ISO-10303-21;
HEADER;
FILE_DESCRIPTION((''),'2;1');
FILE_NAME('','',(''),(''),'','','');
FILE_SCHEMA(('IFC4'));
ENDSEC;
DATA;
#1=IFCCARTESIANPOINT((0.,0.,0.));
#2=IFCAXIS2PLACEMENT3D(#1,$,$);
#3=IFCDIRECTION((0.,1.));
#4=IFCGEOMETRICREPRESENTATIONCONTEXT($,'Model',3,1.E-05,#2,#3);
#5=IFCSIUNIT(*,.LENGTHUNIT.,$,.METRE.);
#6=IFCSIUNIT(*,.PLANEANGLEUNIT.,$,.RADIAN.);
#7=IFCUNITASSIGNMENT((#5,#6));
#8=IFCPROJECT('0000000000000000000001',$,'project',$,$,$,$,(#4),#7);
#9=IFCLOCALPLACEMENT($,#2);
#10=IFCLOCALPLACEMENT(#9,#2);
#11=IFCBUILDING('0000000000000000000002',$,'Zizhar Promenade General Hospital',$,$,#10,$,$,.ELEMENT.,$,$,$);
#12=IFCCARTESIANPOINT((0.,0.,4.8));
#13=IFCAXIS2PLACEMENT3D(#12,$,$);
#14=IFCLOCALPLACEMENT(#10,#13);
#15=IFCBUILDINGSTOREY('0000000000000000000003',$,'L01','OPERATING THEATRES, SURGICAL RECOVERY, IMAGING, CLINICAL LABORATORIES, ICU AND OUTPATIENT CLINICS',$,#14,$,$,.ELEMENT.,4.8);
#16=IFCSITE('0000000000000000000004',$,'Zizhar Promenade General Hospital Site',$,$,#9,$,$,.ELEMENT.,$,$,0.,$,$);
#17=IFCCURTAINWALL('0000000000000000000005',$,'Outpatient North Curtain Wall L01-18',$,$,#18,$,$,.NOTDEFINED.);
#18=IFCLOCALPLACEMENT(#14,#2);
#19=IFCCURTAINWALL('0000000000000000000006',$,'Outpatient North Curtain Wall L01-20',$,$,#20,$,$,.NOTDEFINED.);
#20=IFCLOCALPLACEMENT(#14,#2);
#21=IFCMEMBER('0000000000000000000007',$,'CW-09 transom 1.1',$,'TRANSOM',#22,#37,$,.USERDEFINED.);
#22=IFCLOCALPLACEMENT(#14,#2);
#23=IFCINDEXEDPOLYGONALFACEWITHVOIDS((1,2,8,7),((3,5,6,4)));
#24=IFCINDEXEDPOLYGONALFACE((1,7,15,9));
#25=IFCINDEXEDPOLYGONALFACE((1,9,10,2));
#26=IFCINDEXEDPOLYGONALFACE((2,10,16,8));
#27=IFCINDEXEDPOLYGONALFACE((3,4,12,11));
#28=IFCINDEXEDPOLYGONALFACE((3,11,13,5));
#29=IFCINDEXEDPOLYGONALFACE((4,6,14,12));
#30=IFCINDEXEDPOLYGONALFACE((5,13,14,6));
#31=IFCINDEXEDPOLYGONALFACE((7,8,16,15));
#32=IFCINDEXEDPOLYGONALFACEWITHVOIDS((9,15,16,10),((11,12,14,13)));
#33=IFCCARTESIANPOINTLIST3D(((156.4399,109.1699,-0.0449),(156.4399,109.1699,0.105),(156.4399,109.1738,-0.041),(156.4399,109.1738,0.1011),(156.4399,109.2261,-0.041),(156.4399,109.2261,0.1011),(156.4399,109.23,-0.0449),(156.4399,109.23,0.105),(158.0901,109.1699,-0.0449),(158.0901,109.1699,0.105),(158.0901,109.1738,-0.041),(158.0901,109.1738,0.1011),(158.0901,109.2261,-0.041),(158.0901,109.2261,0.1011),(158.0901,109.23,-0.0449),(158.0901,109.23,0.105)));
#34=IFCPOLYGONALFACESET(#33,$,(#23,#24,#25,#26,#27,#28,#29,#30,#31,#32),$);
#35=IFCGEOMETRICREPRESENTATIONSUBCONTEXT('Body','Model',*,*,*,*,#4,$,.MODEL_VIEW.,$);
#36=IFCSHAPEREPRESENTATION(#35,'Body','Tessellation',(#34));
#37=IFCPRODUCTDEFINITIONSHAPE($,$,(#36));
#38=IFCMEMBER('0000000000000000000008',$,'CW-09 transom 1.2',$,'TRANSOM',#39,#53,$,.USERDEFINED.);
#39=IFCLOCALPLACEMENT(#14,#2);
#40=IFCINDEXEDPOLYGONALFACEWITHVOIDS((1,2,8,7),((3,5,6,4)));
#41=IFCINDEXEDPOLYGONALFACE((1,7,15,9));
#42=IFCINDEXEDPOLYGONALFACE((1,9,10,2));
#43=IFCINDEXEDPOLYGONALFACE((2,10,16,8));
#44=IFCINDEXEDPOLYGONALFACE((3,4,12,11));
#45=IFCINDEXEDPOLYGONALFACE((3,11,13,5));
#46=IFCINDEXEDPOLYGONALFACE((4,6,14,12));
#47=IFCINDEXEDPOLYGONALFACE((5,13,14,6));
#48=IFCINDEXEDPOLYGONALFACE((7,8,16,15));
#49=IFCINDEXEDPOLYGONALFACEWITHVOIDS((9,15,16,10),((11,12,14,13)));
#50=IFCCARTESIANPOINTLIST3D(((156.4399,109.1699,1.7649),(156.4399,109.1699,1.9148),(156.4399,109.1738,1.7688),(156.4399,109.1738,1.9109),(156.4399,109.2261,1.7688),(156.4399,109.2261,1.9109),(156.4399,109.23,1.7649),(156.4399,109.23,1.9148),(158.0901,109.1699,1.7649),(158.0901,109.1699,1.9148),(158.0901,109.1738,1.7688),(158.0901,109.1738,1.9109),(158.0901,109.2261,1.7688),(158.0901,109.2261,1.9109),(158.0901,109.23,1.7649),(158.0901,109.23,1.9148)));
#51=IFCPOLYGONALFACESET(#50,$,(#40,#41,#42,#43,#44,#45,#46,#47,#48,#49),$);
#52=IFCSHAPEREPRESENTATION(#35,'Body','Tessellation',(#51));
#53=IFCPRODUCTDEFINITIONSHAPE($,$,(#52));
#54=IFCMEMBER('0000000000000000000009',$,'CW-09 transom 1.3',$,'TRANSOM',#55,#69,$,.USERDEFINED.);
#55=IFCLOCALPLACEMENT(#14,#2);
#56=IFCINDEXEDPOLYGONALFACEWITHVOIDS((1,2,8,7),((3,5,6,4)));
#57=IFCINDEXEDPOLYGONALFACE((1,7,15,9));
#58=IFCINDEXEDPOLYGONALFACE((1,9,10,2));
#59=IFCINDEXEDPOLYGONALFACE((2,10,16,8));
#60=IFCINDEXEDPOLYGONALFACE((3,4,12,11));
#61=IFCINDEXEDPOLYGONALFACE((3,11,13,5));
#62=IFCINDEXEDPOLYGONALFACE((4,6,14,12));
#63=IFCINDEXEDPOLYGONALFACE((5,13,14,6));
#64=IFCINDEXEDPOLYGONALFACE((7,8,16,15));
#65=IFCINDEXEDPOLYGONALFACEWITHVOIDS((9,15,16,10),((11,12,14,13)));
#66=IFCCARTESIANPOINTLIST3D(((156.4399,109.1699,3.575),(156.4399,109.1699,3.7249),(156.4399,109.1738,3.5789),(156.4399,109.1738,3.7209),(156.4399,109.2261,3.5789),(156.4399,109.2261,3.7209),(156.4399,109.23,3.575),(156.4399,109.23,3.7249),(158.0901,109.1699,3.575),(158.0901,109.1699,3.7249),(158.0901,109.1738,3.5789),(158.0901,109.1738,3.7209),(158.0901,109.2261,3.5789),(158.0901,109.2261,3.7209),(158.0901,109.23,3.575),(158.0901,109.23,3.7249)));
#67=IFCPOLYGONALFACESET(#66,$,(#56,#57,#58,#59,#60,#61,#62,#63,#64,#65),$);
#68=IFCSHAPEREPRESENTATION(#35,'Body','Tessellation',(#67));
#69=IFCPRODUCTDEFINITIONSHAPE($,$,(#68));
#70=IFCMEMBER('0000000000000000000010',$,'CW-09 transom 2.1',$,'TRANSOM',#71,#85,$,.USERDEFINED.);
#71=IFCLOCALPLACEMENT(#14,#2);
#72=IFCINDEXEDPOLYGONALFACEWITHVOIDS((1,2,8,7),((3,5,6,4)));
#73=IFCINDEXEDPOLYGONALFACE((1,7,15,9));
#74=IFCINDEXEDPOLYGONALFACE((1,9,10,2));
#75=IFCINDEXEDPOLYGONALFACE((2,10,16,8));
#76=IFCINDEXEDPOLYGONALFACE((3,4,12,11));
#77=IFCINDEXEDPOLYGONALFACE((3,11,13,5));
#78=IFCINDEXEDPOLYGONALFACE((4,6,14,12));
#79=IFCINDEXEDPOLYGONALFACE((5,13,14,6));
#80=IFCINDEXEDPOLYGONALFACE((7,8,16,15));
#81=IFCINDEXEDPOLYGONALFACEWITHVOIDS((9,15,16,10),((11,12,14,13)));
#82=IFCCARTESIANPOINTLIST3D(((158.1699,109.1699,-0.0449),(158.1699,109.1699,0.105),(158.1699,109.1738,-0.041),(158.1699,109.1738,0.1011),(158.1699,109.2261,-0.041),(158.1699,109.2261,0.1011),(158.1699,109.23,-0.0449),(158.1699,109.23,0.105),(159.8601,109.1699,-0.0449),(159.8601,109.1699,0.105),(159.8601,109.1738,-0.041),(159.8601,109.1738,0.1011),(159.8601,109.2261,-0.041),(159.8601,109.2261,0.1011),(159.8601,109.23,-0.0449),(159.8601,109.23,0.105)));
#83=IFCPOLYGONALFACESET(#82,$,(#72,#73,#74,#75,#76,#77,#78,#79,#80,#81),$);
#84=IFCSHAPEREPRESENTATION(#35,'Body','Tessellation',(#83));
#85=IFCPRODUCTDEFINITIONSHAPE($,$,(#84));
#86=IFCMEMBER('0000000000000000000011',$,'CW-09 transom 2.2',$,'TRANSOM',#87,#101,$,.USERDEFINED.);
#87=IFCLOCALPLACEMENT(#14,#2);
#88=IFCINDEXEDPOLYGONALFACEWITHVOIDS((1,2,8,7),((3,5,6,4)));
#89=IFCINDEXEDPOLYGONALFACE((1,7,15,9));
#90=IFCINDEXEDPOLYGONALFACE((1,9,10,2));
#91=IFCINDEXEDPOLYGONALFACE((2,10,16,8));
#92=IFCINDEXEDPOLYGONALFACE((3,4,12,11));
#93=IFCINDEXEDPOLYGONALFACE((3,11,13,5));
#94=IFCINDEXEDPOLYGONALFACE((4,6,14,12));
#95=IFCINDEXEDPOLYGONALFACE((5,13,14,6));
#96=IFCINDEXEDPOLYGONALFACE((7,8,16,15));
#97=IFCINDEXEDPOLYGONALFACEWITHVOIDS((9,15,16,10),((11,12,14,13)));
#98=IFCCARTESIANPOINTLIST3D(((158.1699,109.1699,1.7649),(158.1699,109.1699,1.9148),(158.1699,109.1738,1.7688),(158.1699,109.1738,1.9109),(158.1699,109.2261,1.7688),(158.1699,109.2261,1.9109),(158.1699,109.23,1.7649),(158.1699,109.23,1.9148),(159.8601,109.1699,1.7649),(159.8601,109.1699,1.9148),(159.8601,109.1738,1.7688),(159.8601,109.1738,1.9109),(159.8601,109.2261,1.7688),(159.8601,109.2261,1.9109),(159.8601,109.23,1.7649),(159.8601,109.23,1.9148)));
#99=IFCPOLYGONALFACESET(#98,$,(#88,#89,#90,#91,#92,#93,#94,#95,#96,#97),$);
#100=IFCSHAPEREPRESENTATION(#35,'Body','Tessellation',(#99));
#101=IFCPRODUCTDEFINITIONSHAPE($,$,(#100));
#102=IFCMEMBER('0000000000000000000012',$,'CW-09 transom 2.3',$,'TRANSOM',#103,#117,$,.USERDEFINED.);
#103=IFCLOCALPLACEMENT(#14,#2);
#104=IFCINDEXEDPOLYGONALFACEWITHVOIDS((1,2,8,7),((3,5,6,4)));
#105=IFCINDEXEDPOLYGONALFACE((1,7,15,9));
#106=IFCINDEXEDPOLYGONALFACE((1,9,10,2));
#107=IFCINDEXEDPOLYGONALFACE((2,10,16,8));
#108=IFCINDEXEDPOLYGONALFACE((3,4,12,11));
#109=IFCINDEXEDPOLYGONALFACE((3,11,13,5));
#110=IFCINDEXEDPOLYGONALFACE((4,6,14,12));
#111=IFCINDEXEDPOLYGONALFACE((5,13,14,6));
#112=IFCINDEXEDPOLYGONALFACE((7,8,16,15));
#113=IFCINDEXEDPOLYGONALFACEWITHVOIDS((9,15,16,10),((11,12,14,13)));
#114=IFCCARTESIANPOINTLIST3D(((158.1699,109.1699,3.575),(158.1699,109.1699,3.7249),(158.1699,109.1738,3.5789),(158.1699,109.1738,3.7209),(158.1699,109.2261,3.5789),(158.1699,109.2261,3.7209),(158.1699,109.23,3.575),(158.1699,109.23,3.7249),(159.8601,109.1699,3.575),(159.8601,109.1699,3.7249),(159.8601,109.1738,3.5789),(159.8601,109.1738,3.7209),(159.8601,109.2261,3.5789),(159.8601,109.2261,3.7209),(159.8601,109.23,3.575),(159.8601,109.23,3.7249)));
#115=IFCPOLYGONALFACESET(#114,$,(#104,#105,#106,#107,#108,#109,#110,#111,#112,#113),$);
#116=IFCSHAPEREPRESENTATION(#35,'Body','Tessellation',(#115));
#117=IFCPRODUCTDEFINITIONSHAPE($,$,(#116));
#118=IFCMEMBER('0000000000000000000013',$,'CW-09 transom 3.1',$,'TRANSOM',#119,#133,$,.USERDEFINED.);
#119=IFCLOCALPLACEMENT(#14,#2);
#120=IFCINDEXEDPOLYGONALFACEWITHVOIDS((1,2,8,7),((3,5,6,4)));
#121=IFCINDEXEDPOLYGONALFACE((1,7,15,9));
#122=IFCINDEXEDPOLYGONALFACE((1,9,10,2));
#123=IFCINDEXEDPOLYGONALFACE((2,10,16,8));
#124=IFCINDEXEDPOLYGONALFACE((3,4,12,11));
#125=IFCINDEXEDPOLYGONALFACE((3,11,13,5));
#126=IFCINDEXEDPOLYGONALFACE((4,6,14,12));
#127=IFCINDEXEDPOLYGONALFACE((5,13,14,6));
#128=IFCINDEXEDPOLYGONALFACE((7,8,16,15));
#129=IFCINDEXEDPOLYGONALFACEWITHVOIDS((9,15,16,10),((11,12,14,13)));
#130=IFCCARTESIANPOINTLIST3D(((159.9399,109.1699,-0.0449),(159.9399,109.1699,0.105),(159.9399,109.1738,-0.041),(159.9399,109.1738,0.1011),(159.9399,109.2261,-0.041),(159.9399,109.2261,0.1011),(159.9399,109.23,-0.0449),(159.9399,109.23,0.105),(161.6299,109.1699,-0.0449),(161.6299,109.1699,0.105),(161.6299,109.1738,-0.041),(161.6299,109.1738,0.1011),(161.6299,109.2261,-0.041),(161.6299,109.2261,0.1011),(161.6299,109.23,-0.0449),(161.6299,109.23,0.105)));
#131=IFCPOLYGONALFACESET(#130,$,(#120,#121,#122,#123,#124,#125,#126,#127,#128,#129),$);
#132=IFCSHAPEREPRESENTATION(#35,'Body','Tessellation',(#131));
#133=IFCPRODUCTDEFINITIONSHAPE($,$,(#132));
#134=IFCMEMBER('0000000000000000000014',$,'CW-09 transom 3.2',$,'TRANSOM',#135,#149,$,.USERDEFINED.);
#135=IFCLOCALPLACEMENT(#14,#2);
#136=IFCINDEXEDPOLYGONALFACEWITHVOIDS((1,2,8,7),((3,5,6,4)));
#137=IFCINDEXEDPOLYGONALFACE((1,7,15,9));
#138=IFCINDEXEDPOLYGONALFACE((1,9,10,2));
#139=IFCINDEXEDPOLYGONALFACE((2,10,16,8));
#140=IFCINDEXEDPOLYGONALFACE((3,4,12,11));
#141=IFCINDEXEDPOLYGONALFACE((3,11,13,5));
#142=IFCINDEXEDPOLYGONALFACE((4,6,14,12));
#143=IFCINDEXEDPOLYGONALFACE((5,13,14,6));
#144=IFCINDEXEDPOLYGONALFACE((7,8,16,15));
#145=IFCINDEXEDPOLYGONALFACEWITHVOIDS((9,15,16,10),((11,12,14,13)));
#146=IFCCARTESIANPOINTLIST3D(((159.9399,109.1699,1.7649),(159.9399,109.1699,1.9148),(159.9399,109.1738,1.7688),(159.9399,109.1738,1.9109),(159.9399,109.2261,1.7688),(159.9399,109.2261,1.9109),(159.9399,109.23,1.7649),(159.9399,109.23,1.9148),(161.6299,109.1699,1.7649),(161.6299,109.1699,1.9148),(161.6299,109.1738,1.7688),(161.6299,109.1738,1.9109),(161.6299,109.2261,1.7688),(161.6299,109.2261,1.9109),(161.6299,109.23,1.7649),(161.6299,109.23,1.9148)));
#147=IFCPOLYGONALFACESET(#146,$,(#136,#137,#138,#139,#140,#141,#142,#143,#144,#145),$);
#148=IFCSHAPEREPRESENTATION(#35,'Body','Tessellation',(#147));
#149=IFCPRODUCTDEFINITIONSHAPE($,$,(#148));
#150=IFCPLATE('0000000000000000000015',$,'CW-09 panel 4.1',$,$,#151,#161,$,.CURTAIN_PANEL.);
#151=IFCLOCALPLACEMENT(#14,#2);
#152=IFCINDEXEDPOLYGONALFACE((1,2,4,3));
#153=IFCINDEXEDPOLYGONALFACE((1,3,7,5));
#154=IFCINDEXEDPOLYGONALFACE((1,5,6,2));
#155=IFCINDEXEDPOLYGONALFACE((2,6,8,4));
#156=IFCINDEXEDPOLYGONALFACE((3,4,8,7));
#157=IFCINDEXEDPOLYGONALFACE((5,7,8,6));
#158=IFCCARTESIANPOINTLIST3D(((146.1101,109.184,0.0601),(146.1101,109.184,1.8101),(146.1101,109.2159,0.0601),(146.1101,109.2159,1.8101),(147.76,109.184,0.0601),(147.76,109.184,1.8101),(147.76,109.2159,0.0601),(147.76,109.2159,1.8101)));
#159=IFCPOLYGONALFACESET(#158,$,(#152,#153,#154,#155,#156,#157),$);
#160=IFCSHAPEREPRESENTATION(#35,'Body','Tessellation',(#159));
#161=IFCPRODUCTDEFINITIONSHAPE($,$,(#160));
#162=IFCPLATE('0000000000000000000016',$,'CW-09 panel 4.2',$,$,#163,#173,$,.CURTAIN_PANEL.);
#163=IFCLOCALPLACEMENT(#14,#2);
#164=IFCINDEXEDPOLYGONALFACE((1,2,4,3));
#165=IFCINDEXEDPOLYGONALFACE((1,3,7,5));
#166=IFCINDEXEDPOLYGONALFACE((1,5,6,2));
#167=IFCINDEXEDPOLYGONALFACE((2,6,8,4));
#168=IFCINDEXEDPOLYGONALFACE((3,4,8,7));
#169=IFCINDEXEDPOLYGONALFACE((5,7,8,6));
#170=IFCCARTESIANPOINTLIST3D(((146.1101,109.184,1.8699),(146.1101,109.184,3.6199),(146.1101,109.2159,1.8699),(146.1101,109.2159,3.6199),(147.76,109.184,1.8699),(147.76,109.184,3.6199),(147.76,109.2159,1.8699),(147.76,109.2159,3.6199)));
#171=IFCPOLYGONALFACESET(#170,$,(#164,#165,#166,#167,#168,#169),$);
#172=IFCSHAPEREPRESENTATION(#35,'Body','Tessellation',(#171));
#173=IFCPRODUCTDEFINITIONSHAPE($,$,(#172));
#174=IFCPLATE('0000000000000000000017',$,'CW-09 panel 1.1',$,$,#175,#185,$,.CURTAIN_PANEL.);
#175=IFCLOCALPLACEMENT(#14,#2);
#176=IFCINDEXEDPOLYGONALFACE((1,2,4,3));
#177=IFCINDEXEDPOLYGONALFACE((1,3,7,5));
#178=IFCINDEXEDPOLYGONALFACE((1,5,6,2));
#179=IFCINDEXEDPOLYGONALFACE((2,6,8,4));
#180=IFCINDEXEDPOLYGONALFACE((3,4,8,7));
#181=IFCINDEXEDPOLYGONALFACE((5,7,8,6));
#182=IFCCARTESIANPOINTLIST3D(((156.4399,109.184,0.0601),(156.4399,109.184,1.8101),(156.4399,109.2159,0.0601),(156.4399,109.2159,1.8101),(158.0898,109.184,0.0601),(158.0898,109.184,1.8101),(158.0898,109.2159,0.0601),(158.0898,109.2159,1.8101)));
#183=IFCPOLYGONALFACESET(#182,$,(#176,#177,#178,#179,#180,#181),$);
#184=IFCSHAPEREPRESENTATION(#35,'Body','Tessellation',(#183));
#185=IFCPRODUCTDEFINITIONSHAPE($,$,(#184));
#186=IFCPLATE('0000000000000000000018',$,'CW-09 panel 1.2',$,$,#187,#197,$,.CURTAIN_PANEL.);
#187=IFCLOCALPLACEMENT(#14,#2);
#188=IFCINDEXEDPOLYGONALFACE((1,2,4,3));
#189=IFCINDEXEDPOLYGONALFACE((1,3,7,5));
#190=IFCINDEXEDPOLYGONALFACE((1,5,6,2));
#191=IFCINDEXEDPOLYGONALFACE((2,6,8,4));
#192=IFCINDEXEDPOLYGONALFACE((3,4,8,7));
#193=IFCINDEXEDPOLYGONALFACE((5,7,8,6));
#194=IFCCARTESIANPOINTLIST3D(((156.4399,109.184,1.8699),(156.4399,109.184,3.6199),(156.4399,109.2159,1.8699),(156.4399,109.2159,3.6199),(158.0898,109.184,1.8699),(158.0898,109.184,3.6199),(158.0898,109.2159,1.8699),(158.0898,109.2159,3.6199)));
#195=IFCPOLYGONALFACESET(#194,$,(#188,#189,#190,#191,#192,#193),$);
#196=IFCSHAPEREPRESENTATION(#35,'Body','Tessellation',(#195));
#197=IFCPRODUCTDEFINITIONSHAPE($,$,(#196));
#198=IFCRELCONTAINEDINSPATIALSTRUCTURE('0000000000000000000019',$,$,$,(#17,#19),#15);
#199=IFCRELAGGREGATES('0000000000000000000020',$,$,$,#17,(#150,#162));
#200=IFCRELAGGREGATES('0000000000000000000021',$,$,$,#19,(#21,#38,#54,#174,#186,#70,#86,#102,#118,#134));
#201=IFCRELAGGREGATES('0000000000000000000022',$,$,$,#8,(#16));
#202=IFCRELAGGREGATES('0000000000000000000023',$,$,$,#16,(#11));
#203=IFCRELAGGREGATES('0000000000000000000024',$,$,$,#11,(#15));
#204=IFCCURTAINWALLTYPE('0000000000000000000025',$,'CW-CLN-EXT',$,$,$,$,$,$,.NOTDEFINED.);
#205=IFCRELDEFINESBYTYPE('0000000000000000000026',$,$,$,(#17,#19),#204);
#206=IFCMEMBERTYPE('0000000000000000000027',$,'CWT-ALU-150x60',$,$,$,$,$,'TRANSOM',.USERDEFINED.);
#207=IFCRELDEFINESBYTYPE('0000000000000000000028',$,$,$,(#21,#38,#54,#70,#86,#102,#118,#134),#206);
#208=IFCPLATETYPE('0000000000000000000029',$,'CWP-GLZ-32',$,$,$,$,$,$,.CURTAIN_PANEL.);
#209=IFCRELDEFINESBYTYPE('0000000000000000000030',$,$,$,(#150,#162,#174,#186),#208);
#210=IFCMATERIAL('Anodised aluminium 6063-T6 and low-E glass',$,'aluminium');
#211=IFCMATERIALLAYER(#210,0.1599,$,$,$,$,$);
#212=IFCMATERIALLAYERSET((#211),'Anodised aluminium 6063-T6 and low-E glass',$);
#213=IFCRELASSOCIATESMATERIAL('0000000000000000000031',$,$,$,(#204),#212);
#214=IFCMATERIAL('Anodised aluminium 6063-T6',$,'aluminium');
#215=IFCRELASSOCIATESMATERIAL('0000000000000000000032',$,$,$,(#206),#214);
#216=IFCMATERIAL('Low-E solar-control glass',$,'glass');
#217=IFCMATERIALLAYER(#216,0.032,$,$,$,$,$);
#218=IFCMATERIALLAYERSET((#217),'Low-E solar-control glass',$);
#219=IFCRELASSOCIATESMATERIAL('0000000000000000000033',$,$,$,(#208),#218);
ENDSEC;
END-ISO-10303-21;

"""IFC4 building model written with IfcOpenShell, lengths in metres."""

from ifc_helpers import new_model, si_unit, direction, frame, origin, origin_2d, place, context, subcontext, project, spatial, rectangle, hollow_rectangle, extrude, material, layer, layer_set, material_profile, profile_set, type_object, element, aggregate, save


model = new_model("IFC4")

# Units and contexts
model_context = context("Model", 3, precision=1e-05, world=origin(), true_north=direction((0.0, 1.0)))
body_context = subcontext(model_context, "Body", "Model", "MODEL_VIEW")
ifc_project = project(units=[si_unit("LENGTHUNIT", "METRE"), si_unit("PLANEANGLEUNIT", "RADIAN")], contexts=[model_context])

# Site, building, storey
site_placement = place(None, origin())
site = spatial("IfcSite", under=ifc_project, at=site_placement, Name="Zizhar Promenade General Hospital Site", CompositionType="ELEMENT", RefElevation=0.0)
building_placement = place(site_placement, origin())
building = spatial("IfcBuilding", under=site, at=building_placement, Name="Zizhar Promenade General Hospital", CompositionType="ELEMENT")
storey_placement = place(building_placement, frame((0.0, 0.0, 4.8)))
storey = spatial("IfcBuildingStorey", under=building, at=storey_placement, Name="L01", Description="OPERATING THEATRES, SURGICAL RECOVERY, IMAGING, CLINICAL LABORATORIES, ICU AND OUTPATIENT CLINICS", CompositionType="ELEMENT", Elevation=4.8)

# Curtain wall
ifc_material_1 = material(Name="Anodised aluminium 6063-T6 and low-E glass", Category="aluminium")
ifc_layer_1 = layer(ifc_material_1, 0.1599)
ifc_layer_set_1 = layer_set([ifc_layer_1], Name="Anodised aluminium 6063-T6 and low-E glass")
curtain_wall_type = type_object("IfcCurtainWallType", Name="CW-CLN-EXT", PredefinedType="NOTDEFINED", material=ifc_layer_set_1)
curtain_wall_1_placement = place(storey_placement, origin())
curtain_wall_1 = element("IfcCurtainWall", 1, at=curtain_wall_1_placement, inside=storey, type_object=curtain_wall_type, Name="Outpatient North Curtain Wall L01-18", PredefinedType="NOTDEFINED")

# Curtain wall
curtain_wall_2_placement = place(storey_placement, origin())
curtain_wall_2 = element("IfcCurtainWall", 2, at=curtain_wall_2_placement, inside=storey, type_object=curtain_wall_type, Name="Outpatient North Curtain Wall L01-20", PredefinedType="NOTDEFINED")

# Members
ifc_material_2 = material(Name="Anodised aluminium 6063-T6", Category="aluminium")
ifc_material_profile_1 = material_profile(ifc_material_2, hollow_rectangle(XDim=0.0601, YDim=0.1499, WallThickness=0.0039, at=origin_2d()))
ifc_profile_set_1 = profile_set([ifc_material_profile_1], Name="Anodised aluminium 6063-T6")
member_type_1 = type_object("IfcMemberType", Name="CWT-ALU-150x60", ElementType="TRANSOM", PredefinedType="USERDEFINED", material=ifc_profile_set_1)
member_1_placement = place(storey_placement, frame((156.4399, 109.2, 0.03), z_axis=(1.0, 0.0, 0.0), x_axis=(0.0, 1.0, 0.0)))
member_1 = element("IfcMember", 3, at=member_1_placement, type_object=member_type_1, Name="CW-09 transom 1.1", ObjectType="TRANSOM", PredefinedType="USERDEFINED", context=body_context, shape_type="SweptSolid", body=[
    extrude(hollow_rectangle(XDim=0.0601, YDim=0.1499, WallThickness=0.0039, at=origin_2d()), origin(), (0.0, 0.0, 1.0), 1.6501),
])
member_2_placement = place(storey_placement, frame((156.4399, 109.2, 1.8398), z_axis=(1.0, 0.0, 0.0), x_axis=(0.0, 1.0, 0.0)))
member_2 = element("IfcMember", 4, at=member_2_placement, type_object=member_type_1, Name="CW-09 transom 1.2", ObjectType="TRANSOM", PredefinedType="USERDEFINED", context=body_context, shape_type="SweptSolid", body=[
    extrude(hollow_rectangle(XDim=0.0601, YDim=0.1499, WallThickness=0.0039, at=origin_2d()), origin(), (0.0, 0.0, 1.0), 1.6501),
])
member_3_placement = place(storey_placement, frame((156.4399, 109.2, 3.6499), z_axis=(1.0, 0.0, 0.0), x_axis=(0.0, 1.0, 0.0)))
member_3 = element("IfcMember", 5, at=member_3_placement, type_object=member_type_1, Name="CW-09 transom 1.3", ObjectType="TRANSOM", PredefinedType="USERDEFINED", context=body_context, shape_type="SweptSolid", body=[
    extrude(hollow_rectangle(XDim=0.0601, YDim=0.1499, WallThickness=0.0039, at=origin_2d()), origin(), (0.0, 0.0, 1.0), 1.6501),
])
member_4_placement = place(storey_placement, frame((158.1699, 109.2, 0.03), z_axis=(1.0, 0.0, 0.0), x_axis=(0.0, 1.0, 0.0)))
member_4 = element("IfcMember", 6, at=member_4_placement, type_object=member_type_1, Name="CW-09 transom 2.1", ObjectType="TRANSOM", PredefinedType="USERDEFINED", context=body_context, shape_type="SweptSolid", body=[
    extrude(hollow_rectangle(XDim=0.0601, YDim=0.1499, WallThickness=0.0039, at=origin_2d()), origin(), (0.0, 0.0, 1.0), 1.6902),
])
member_5_placement = place(storey_placement, frame((158.1699, 109.2, 1.8398), z_axis=(1.0, 0.0, 0.0), x_axis=(0.0, 1.0, 0.0)))
member_5 = element("IfcMember", 7, at=member_5_placement, type_object=member_type_1, Name="CW-09 transom 2.2", ObjectType="TRANSOM", PredefinedType="USERDEFINED", context=body_context, shape_type="SweptSolid", body=[
    extrude(hollow_rectangle(XDim=0.0601, YDim=0.1499, WallThickness=0.0039, at=origin_2d()), origin(), (0.0, 0.0, 1.0), 1.6902),
])
member_6_placement = place(storey_placement, frame((158.1699, 109.2, 3.6499), z_axis=(1.0, 0.0, 0.0), x_axis=(0.0, 1.0, 0.0)))
member_6 = element("IfcMember", 8, at=member_6_placement, type_object=member_type_1, Name="CW-09 transom 2.3", ObjectType="TRANSOM", PredefinedType="USERDEFINED", context=body_context, shape_type="SweptSolid", body=[
    extrude(hollow_rectangle(XDim=0.0601, YDim=0.1499, WallThickness=0.0039, at=origin_2d()), origin(), (0.0, 0.0, 1.0), 1.6902),
])
member_7_placement = place(storey_placement, frame((159.9399, 109.2, 0.03), z_axis=(1.0, 0.0, 0.0), x_axis=(0.0, 1.0, 0.0)))
member_7 = element("IfcMember", 9, at=member_7_placement, type_object=member_type_1, Name="CW-09 transom 3.1", ObjectType="TRANSOM", PredefinedType="USERDEFINED", context=body_context, shape_type="SweptSolid", body=[
    extrude(hollow_rectangle(XDim=0.0601, YDim=0.1499, WallThickness=0.0039, at=origin_2d()), origin(), (0.0, 0.0, 1.0), 1.6899),
])
member_8_placement = place(storey_placement, frame((159.9399, 109.2, 1.8398), z_axis=(1.0, 0.0, 0.0), x_axis=(0.0, 1.0, 0.0)))
member_8 = element("IfcMember", 10, at=member_8_placement, type_object=member_type_1, Name="CW-09 transom 3.2", ObjectType="TRANSOM", PredefinedType="USERDEFINED", context=body_context, shape_type="SweptSolid", body=[
    extrude(hollow_rectangle(XDim=0.0601, YDim=0.1499, WallThickness=0.0039, at=origin_2d()), origin(), (0.0, 0.0, 1.0), 1.6899),
])

# Plates
ifc_material_3 = material(Name="Low-E solar-control glass", Category="glass")
ifc_layer_2 = layer(ifc_material_3, 0.032)
ifc_layer_set_2 = layer_set([ifc_layer_2], Name="Low-E solar-control glass")
plate_type = type_object("IfcPlateType", Name="CWP-GLZ-32", PredefinedType="CURTAIN_PANEL", material=ifc_layer_set_2)
plate_1_placement = place(storey_placement, frame((146.9351, 109.2, 0.0601), z_axis=(0.0, 0.0, 1.0), x_axis=(1.0, 0.0, 0.0)))
plate_1 = element("IfcPlate", 11, at=plate_1_placement, type_object=plate_type, Name="CW-09 panel 4.1", PredefinedType="CURTAIN_PANEL", context=body_context, shape_type="SweptSolid", body=[
    extrude(rectangle(XDim=1.6499, YDim=0.032, at=origin_2d()), origin(), (0.0, 0.0, 1.0), 1.75),
])
plate_2_placement = place(storey_placement, frame((146.9351, 109.2, 1.8699), z_axis=(0.0, 0.0, 1.0), x_axis=(1.0, 0.0, 0.0)))
plate_2 = element("IfcPlate", 12, at=plate_2_placement, type_object=plate_type, Name="CW-09 panel 4.2", PredefinedType="CURTAIN_PANEL", context=body_context, shape_type="SweptSolid", body=[
    extrude(rectangle(XDim=1.6499, YDim=0.032, at=origin_2d()), origin(), (0.0, 0.0, 1.0), 1.75),
])
aggregate(curtain_wall_1, [plate_1, plate_2])
plate_3_placement = place(storey_placement, frame((157.2649, 109.2, 0.0601), z_axis=(0.0, 0.0, 1.0), x_axis=(1.0, 0.0, 0.0)))
plate_3 = element("IfcPlate", 13, at=plate_3_placement, type_object=plate_type, Name="CW-09 panel 1.1", PredefinedType="CURTAIN_PANEL", context=body_context, shape_type="SweptSolid", body=[
    extrude(rectangle(XDim=1.6499, YDim=0.032, at=origin_2d()), origin(), (0.0, 0.0, 1.0), 1.75),
])
plate_4_placement = place(storey_placement, frame((157.2649, 109.2, 1.8699), z_axis=(0.0, 0.0, 1.0), x_axis=(1.0, 0.0, 0.0)))
plate_4 = element("IfcPlate", 14, at=plate_4_placement, type_object=plate_type, Name="CW-09 panel 1.2", PredefinedType="CURTAIN_PANEL", context=body_context, shape_type="SweptSolid", body=[
    extrude(rectangle(XDim=1.6499, YDim=0.032, at=origin_2d()), origin(), (0.0, 0.0, 1.0), 1.75),
])
aggregate(curtain_wall_2, [member_1, member_2, member_3, plate_3, plate_4, member_4, member_5, member_6, member_7, member_8])

save(model, "model.ifc")
